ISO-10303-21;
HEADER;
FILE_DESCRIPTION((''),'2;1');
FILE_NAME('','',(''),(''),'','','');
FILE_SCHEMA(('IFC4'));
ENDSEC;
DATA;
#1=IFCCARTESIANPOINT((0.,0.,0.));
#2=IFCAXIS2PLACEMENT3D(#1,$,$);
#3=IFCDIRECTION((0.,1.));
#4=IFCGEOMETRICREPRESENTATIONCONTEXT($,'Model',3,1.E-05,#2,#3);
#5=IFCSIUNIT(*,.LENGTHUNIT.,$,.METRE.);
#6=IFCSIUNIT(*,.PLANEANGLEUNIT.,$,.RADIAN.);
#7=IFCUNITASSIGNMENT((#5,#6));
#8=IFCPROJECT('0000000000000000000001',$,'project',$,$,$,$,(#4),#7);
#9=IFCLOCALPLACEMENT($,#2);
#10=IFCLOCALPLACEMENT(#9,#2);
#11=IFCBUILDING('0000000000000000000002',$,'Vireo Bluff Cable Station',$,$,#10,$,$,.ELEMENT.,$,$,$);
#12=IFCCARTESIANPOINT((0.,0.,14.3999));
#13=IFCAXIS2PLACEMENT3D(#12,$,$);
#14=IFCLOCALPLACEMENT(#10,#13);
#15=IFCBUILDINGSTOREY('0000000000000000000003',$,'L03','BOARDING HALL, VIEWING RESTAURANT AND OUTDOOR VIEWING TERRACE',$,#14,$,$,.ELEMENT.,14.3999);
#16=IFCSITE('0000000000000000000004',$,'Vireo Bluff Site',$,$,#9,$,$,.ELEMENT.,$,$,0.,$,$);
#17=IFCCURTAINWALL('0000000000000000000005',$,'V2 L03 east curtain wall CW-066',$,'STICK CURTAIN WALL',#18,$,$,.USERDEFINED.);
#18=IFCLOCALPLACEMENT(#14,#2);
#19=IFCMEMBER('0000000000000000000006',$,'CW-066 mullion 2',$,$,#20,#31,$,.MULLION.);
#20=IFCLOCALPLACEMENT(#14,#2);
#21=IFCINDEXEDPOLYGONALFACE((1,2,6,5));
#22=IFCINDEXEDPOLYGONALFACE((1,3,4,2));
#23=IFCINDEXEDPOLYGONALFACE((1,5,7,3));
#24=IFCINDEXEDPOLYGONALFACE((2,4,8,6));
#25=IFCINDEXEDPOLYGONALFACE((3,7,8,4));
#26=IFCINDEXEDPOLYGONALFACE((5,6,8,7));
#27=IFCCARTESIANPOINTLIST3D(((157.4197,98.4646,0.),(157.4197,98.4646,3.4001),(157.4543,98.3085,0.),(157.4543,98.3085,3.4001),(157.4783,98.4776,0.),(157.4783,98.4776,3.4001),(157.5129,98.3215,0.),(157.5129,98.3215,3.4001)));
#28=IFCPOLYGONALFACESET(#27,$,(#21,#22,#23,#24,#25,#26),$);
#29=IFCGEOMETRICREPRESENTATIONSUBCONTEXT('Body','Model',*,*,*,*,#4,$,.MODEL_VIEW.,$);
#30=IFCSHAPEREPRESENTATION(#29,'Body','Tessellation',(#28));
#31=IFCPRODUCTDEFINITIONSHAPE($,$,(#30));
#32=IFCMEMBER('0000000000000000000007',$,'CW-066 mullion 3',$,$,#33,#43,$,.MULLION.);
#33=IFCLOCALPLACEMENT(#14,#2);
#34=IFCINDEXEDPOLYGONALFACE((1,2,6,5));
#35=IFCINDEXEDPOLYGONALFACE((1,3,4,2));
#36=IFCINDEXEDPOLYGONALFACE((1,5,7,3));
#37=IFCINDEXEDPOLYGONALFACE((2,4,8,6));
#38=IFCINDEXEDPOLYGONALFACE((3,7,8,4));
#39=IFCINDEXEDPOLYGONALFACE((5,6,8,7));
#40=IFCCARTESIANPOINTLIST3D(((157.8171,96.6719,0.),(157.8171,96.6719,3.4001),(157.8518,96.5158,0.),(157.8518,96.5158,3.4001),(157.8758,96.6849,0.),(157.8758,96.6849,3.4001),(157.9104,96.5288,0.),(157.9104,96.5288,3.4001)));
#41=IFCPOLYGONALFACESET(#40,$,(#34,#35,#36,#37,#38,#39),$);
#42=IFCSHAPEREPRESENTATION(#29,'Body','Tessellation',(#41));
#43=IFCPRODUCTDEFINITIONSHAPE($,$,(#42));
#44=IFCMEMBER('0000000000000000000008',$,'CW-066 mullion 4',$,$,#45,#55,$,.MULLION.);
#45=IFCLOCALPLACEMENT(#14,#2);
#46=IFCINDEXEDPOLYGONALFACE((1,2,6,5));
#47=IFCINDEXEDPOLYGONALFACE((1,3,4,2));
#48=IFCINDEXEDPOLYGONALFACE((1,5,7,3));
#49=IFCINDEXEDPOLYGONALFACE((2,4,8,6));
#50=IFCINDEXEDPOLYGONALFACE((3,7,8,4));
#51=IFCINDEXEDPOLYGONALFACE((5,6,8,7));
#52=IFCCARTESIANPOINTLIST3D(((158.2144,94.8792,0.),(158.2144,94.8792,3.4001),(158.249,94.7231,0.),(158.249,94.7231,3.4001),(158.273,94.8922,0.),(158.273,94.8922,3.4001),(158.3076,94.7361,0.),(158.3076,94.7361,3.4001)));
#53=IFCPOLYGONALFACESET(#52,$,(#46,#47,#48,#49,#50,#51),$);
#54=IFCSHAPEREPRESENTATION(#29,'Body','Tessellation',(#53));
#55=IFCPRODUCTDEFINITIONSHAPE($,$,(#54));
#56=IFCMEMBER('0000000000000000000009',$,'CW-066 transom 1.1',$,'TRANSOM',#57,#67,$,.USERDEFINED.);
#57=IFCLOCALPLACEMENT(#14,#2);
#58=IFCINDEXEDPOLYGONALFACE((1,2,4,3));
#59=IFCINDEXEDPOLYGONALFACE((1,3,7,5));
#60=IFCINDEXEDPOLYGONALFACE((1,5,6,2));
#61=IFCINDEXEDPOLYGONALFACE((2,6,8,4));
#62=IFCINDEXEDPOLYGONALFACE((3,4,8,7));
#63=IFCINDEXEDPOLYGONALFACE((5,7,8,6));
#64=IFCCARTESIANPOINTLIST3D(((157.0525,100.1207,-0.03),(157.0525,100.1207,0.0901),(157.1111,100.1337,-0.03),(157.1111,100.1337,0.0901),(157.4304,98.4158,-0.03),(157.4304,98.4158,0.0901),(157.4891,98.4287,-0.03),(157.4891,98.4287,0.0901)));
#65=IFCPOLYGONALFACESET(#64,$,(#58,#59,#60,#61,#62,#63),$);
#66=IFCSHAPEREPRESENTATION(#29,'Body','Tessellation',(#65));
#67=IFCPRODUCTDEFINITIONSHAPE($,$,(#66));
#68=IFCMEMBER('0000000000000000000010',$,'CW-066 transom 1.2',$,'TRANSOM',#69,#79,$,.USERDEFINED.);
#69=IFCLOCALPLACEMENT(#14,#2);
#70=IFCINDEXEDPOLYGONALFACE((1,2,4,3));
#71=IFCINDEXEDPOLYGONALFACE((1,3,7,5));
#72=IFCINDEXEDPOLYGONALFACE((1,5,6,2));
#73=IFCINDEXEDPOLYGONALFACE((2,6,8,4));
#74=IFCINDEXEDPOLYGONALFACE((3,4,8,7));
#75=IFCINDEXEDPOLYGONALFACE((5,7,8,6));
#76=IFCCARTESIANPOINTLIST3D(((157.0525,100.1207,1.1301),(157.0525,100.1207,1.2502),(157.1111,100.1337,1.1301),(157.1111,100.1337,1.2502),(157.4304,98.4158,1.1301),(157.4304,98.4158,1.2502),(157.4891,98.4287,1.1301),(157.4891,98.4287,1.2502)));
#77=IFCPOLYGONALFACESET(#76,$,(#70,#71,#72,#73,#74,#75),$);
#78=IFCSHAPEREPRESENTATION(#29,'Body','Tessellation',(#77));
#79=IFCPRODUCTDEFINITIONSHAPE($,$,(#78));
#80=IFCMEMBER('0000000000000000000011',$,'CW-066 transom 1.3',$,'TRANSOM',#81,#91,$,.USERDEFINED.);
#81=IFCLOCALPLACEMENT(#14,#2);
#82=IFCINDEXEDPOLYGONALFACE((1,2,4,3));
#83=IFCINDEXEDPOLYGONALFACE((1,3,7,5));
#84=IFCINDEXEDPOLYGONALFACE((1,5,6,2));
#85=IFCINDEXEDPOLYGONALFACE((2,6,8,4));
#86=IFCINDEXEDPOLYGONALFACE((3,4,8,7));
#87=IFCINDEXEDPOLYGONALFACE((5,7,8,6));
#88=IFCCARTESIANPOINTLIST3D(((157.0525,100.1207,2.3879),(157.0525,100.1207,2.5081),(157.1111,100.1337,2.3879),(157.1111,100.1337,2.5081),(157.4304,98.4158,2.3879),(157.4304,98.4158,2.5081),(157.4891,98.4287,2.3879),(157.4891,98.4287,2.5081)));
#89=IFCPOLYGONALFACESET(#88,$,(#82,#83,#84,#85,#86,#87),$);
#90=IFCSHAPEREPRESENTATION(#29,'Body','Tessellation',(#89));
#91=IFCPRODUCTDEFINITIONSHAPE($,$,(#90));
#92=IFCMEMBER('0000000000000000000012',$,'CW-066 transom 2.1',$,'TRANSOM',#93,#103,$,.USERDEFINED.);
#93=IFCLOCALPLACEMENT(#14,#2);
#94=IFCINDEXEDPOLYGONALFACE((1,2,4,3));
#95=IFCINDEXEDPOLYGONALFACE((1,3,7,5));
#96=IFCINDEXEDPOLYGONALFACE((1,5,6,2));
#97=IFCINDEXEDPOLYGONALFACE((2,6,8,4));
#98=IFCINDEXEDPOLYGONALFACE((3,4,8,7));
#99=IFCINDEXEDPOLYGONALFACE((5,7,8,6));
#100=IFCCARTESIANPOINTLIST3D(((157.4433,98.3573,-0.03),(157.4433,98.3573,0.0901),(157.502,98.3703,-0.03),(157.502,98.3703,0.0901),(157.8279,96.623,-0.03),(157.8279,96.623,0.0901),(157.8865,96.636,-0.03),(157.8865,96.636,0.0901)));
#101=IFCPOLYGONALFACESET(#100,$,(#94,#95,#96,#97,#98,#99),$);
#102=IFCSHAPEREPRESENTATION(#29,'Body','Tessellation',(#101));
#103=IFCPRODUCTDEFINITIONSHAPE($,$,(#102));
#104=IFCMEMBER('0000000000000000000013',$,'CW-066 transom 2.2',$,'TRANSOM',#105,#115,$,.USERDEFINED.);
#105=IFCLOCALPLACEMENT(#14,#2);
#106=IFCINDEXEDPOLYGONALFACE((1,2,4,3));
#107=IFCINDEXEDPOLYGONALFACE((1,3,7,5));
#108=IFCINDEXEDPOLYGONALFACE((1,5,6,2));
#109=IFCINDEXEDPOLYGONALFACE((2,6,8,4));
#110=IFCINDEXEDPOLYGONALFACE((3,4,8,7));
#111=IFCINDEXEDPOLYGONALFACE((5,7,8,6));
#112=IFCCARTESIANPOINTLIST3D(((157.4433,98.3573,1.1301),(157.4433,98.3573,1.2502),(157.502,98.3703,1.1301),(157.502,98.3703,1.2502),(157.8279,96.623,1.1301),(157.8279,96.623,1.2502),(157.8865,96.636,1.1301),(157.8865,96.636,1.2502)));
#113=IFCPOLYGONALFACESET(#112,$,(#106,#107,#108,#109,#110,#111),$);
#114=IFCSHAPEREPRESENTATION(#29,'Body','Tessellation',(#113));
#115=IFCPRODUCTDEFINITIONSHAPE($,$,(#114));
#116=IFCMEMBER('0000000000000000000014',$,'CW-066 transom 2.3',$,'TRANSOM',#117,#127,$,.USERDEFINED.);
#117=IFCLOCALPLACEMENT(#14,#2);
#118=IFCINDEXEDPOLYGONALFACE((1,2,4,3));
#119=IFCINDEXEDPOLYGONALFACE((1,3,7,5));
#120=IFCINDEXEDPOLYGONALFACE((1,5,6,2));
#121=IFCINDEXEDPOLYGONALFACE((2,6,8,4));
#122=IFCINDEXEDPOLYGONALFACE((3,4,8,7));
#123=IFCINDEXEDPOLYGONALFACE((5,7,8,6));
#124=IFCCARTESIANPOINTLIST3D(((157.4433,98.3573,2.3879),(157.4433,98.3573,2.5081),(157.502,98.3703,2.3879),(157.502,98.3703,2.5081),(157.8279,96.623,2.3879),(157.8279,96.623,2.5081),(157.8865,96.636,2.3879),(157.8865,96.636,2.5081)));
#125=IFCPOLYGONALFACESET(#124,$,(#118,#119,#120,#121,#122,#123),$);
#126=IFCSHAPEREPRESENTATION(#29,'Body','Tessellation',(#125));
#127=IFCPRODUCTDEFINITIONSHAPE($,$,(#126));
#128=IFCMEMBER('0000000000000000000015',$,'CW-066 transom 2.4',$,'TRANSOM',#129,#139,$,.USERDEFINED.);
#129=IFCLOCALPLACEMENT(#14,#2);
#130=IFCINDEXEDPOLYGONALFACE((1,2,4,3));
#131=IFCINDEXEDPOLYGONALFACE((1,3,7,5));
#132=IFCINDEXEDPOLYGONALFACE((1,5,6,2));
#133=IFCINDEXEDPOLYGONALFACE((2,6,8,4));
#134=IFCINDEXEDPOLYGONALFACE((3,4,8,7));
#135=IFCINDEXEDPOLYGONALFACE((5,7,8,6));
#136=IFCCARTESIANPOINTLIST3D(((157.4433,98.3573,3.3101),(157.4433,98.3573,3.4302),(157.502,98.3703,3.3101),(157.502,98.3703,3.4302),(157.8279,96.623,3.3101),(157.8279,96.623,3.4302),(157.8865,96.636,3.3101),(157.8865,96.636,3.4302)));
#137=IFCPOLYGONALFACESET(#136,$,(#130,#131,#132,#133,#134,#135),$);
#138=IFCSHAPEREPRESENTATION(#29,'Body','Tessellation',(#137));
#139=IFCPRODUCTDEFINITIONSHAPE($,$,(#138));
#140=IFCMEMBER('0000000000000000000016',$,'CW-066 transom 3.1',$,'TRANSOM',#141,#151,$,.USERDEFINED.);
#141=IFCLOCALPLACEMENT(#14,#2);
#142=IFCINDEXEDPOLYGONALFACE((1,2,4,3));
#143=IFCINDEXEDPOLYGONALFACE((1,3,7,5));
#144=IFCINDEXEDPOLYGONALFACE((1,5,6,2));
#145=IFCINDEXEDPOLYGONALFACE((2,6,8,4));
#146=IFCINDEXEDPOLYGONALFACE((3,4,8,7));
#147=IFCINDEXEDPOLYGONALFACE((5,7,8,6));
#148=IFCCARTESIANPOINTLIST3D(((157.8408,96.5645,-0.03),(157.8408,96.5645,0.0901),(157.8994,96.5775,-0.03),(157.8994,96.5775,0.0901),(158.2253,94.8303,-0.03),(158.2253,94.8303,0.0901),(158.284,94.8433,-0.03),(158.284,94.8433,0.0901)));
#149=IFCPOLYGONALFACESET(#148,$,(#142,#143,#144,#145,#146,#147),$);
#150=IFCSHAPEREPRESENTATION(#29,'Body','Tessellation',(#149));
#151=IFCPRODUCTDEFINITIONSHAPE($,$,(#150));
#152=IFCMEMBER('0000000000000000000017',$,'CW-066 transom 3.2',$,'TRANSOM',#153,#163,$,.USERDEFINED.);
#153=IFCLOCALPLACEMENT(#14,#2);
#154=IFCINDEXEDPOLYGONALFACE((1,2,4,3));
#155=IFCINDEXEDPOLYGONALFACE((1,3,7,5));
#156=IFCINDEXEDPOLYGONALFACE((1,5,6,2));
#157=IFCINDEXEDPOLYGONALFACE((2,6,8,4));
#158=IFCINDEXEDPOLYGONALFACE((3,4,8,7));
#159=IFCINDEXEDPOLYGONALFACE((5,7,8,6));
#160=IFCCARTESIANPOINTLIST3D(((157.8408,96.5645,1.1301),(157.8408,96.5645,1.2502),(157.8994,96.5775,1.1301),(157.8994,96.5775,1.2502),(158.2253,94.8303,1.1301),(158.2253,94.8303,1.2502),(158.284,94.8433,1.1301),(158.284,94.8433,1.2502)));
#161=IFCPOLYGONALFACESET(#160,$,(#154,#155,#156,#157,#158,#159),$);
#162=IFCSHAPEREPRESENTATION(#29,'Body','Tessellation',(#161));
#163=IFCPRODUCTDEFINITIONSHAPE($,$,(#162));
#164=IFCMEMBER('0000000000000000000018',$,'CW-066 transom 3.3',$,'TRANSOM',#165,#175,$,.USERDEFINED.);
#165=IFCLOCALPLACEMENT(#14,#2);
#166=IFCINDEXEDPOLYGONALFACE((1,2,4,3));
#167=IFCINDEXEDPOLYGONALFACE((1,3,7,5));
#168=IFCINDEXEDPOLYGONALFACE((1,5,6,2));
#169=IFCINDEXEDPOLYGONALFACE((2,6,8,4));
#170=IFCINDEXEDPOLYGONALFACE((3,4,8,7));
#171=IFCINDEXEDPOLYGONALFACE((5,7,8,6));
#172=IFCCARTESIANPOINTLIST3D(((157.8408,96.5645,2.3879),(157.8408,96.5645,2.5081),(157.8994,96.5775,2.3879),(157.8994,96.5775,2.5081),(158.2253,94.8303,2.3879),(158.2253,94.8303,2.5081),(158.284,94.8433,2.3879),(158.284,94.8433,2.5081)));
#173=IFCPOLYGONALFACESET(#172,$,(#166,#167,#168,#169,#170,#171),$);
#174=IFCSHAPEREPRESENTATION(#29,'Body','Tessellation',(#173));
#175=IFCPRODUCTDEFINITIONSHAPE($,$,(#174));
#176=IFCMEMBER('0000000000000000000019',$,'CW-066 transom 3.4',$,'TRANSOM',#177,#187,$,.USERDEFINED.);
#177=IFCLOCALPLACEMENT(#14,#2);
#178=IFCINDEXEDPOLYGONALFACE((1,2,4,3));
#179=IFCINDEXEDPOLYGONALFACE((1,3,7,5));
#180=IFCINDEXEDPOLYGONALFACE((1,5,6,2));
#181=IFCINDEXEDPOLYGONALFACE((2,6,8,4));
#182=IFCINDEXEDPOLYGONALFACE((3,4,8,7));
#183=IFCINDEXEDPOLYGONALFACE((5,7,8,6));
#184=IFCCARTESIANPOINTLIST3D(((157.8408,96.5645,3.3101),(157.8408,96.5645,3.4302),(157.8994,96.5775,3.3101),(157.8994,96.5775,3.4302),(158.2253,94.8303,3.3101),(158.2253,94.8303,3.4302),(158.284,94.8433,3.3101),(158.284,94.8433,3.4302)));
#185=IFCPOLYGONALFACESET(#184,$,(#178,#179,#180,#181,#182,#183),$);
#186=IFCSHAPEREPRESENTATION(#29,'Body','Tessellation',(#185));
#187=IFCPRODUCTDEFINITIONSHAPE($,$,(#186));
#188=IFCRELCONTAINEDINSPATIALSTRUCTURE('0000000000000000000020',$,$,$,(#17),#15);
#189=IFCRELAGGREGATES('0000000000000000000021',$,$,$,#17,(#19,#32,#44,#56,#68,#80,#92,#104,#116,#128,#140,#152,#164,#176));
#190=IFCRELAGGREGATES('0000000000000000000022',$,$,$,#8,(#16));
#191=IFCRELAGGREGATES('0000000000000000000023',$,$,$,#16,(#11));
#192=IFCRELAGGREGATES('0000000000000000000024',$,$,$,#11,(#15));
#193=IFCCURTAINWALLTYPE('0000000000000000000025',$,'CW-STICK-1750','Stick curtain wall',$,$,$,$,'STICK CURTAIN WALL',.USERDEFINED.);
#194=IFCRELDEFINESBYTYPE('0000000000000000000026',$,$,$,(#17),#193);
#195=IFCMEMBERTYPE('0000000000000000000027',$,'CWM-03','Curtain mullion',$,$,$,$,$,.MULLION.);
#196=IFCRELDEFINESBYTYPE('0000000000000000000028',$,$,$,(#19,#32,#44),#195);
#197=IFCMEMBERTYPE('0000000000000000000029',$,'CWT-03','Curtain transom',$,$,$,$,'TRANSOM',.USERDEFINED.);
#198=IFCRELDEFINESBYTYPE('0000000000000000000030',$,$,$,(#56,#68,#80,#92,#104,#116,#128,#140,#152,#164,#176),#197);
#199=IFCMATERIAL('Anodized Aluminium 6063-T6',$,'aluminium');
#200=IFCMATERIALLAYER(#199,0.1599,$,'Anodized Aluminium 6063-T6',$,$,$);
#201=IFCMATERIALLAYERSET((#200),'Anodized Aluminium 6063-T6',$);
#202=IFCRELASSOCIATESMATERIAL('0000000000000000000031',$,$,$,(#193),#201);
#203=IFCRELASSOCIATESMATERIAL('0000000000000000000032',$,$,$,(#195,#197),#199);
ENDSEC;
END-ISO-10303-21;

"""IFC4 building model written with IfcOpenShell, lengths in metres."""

from ifc_helpers import new_model, si_unit, direction, frame, origin, origin_2d, place, context, subcontext, project, spatial, rectangle, extrude, material, layer, layer_set, material_profile, profile_set, type_object, element, aggregate, save


model = new_model("IFC4")

# Units and contexts
model_context = context("Model", 3, precision=1e-05, world=origin(), true_north=direction((0.0, 1.0)))
body_context = subcontext(model_context, "Body", "Model", "MODEL_VIEW")
ifc_project = project(units=[si_unit("LENGTHUNIT", "METRE"), si_unit("PLANEANGLEUNIT", "RADIAN")], contexts=[model_context])

# Site, building, storey
site_placement = place(None, origin())
site = spatial("IfcSite", under=ifc_project, at=site_placement, Name="Vireo Bluff Site", CompositionType="ELEMENT", RefElevation=0.0)
building_placement = place(site_placement, origin())
building = spatial("IfcBuilding", under=site, at=building_placement, Name="Vireo Bluff Cable Station", CompositionType="ELEMENT")
storey_placement = place(building_placement, frame((0.0, 0.0, 14.3999)))
storey = spatial("IfcBuildingStorey", under=building, at=storey_placement, Name="L03", Description="BOARDING HALL, VIEWING RESTAURANT AND OUTDOOR VIEWING TERRACE", CompositionType="ELEMENT", Elevation=14.3999)

# Curtain wall, members
ifc_material_1 = material(Name="Anodized Aluminium 6063-T6", Category="aluminium")
ifc_layer_1 = layer(ifc_material_1, 0.1599, Name="Anodized Aluminium 6063-T6")
ifc_layer_set_1 = layer_set([ifc_layer_1], Name="Anodized Aluminium 6063-T6")
curtain_wall_type = type_object("IfcCurtainWallType", Name="CW-STICK-1750", Description="Stick curtain wall", ElementType="STICK CURTAIN WALL", PredefinedType="USERDEFINED", material=ifc_layer_set_1)
curtain_wall_placement = place(storey_placement, origin())
curtain_wall = element("IfcCurtainWall", 1, at=curtain_wall_placement, inside=storey, type_object=curtain_wall_type, Name="V2 L03 east curtain wall CW-066", ObjectType="STICK CURTAIN WALL", PredefinedType="USERDEFINED")
ifc_material_profile_1 = material_profile(ifc_material_1, rectangle(XDim=0.0601, YDim=0.1599, at=origin_2d()), Name="ALU-M-60X160")
ifc_profile_set_1 = profile_set([ifc_material_profile_1], Name="Anodized Aluminium 6063-T6")
member_type_1 = type_object("IfcMemberType", Name="CWM-03", Description="Curtain mullion", PredefinedType="MULLION", material=ifc_profile_set_1)
member_1_placement = place(storey_placement, frame((157.4663, 98.3931, 0.0), z_axis=(0.0, 0.0, 1.0), x_axis=(0.976296, 0.21644, 0.0)))
member_1 = element("IfcMember", 2, at=member_1_placement, type_object=member_type_1, Name="CW-066 mullion 2", PredefinedType="MULLION", context=body_context, shape_type="SweptSolid", body=[
    extrude(rectangle(XDim=0.0601, YDim=0.1599, at=origin_2d()), origin(), (0.0, 0.0, 1.0), 3.4001),
])
member_2_placement = place(storey_placement, frame((157.8638, 96.6003, 0.0), z_axis=(0.0, 0.0, 1.0), x_axis=(0.976296, 0.21644, 0.0)))
member_2 = element("IfcMember", 3, at=member_2_placement, type_object=member_type_1, Name="CW-066 mullion 3", PredefinedType="MULLION", context=body_context, shape_type="SweptSolid", body=[
    extrude(rectangle(XDim=0.0601, YDim=0.1599, at=origin_2d()), origin(), (0.0, 0.0, 1.0), 3.4001),
])
member_3_placement = place(storey_placement, frame((158.261, 94.8076, 0.0), z_axis=(0.0, 0.0, 1.0), x_axis=(0.976296, 0.21644, 0.0)))
member_3 = element("IfcMember", 4, at=member_3_placement, type_object=member_type_1, Name="CW-066 mullion 4", PredefinedType="MULLION", context=body_context, shape_type="SweptSolid", body=[
    extrude(rectangle(XDim=0.0601, YDim=0.1599, at=origin_2d()), origin(), (0.0, 0.0, 1.0), 3.4001),
])
ifc_material_profile_2 = material_profile(ifc_material_1, rectangle(XDim=0.0601, YDim=0.1201, at=origin_2d()), Name="ALU-T-60X120")
ifc_profile_set_2 = profile_set([ifc_material_profile_2], Name="Anodized Aluminium 6063-T6")
member_type_2 = type_object("IfcMemberType", Name="CWT-03", Description="Curtain transom", ElementType="TRANSOM", PredefinedType="USERDEFINED", material=ifc_profile_set_2)
member_4_placement = place(storey_placement, frame((157.0818, 100.1272, 0.03), z_axis=(0.216427, -0.976299, 0.0), x_axis=(0.976299, 0.216427, 0.0)))
member_4 = element("IfcMember", 5, at=member_4_placement, type_object=member_type_2, Name="CW-066 transom 1.1", ObjectType="TRANSOM", PredefinedType="USERDEFINED", context=body_context, shape_type="SweptSolid", body=[
    extrude(rectangle(XDim=0.0601, YDim=0.1201, at=origin_2d()), origin(), (0.0, 0.0, 1.0), 1.7463),
])
member_5_placement = place(storey_placement, frame((157.0818, 100.1272, 1.1902), z_axis=(0.216427, -0.976299, 0.0), x_axis=(0.976299, 0.216427, 0.0)))
member_5 = element("IfcMember", 6, at=member_5_placement, type_object=member_type_2, Name="CW-066 transom 1.2", ObjectType="TRANSOM", PredefinedType="USERDEFINED", context=body_context, shape_type="SweptSolid", body=[
    extrude(rectangle(XDim=0.0601, YDim=0.1201, at=origin_2d()), origin(), (0.0, 0.0, 1.0), 1.7463),
])
member_6_placement = place(storey_placement, frame((157.0818, 100.1272, 2.448), z_axis=(0.216427, -0.976299, 0.0), x_axis=(0.976299, 0.216427, 0.0)))
member_6 = element("IfcMember", 7, at=member_6_placement, type_object=member_type_2, Name="CW-066 transom 1.3", ObjectType="TRANSOM", PredefinedType="USERDEFINED", context=body_context, shape_type="SweptSolid", body=[
    extrude(rectangle(XDim=0.0601, YDim=0.1201, at=origin_2d()), origin(), (0.0, 0.0, 1.0), 1.7463),
])
member_7_placement = place(storey_placement, frame((157.4727, 98.3638, 0.03), z_axis=(0.216479, -0.976287, 0.0), x_axis=(0.976287, 0.216479, 0.0)))
member_7 = element("IfcMember", 8, at=member_7_placement, type_object=member_type_2, Name="CW-066 transom 2.1", ObjectType="TRANSOM", PredefinedType="USERDEFINED", context=body_context, shape_type="SweptSolid", body=[
    extrude(rectangle(XDim=0.0601, YDim=0.1201, at=origin_2d()), origin(), (0.0, 0.0, 1.0), 1.7764),
])
member_8_placement = place(storey_placement, frame((157.4727, 98.3638, 1.1902), z_axis=(0.216479, -0.976287, 0.0), x_axis=(0.976287, 0.216479, 0.0)))
member_8 = element("IfcMember", 9, at=member_8_placement, type_object=member_type_2, Name="CW-066 transom 2.2", ObjectType="TRANSOM", PredefinedType="USERDEFINED", context=body_context, shape_type="SweptSolid", body=[
    extrude(rectangle(XDim=0.0601, YDim=0.1201, at=origin_2d()), origin(), (0.0, 0.0, 1.0), 1.7764),
])
member_9_placement = place(storey_placement, frame((157.4727, 98.3638, 2.448), z_axis=(0.216479, -0.976287, 0.0), x_axis=(0.976287, 0.216479, 0.0)))
member_9 = element("IfcMember", 10, at=member_9_placement, type_object=member_type_2, Name="CW-066 transom 2.3", ObjectType="TRANSOM", PredefinedType="USERDEFINED", context=body_context, shape_type="SweptSolid", body=[
    extrude(rectangle(XDim=0.0601, YDim=0.1201, at=origin_2d()), origin(), (0.0, 0.0, 1.0), 1.7764),
])
member_10_placement = place(storey_placement, frame((157.4727, 98.3638, 3.3701), z_axis=(0.216479, -0.976287, 0.0), x_axis=(0.976287, 0.216479, 0.0)))
member_10 = element("IfcMember", 11, at=member_10_placement, type_object=member_type_2, Name="CW-066 transom 2.4", ObjectType="TRANSOM", PredefinedType="USERDEFINED", context=body_context, shape_type="SweptSolid", body=[
    extrude(rectangle(XDim=0.0601, YDim=0.1201, at=origin_2d()), origin(), (0.0, 0.0, 1.0), 1.7764),
])
member_11_placement = place(storey_placement, frame((157.8701, 96.571, 0.03), z_axis=(0.216479, -0.976287, 0.0), x_axis=(0.976287, 0.216479, 0.0)))
member_11 = element("IfcMember", 12, at=member_11_placement, type_object=member_type_2, Name="CW-066 transom 3.1", ObjectType="TRANSOM", PredefinedType="USERDEFINED", context=body_context, shape_type="SweptSolid", body=[
    extrude(rectangle(XDim=0.0601, YDim=0.1201, at=origin_2d()), origin(), (0.0, 0.0, 1.0), 1.7764),
])
member_12_placement = place(storey_placement, frame((157.8701, 96.571, 1.1902), z_axis=(0.216479, -0.976287, 0.0), x_axis=(0.976287, 0.216479, 0.0)))
member_12 = element("IfcMember", 13, at=member_12_placement, type_object=member_type_2, Name="CW-066 transom 3.2", ObjectType="TRANSOM", PredefinedType="USERDEFINED", context=body_context, shape_type="SweptSolid", body=[
    extrude(rectangle(XDim=0.0601, YDim=0.1201, at=origin_2d()), origin(), (0.0, 0.0, 1.0), 1.7764),
])
member_13_placement = place(storey_placement, frame((157.8701, 96.571, 2.448), z_axis=(0.216479, -0.976287, 0.0), x_axis=(0.976287, 0.216479, 0.0)))
member_13 = element("IfcMember", 14, at=member_13_placement, type_object=member_type_2, Name="CW-066 transom 3.3", ObjectType="TRANSOM", PredefinedType="USERDEFINED", context=body_context, shape_type="SweptSolid", body=[
    extrude(rectangle(XDim=0.0601, YDim=0.1201, at=origin_2d()), origin(), (0.0, 0.0, 1.0), 1.7764),
])
member_14_placement = place(storey_placement, frame((157.8701, 96.571, 3.3701), z_axis=(0.216479, -0.976287, 0.0), x_axis=(0.976287, 0.216479, 0.0)))
member_14 = element("IfcMember", 15, at=member_14_placement, type_object=member_type_2, Name="CW-066 transom 3.4", ObjectType="TRANSOM", PredefinedType="USERDEFINED", context=body_context, shape_type="SweptSolid", body=[
    extrude(rectangle(XDim=0.0601, YDim=0.1201, at=origin_2d()), origin(), (0.0, 0.0, 1.0), 1.7764),
])
aggregate(curtain_wall, [member_1, member_2, member_3, member_4, member_5, member_6, member_7, member_8, member_9, member_10, member_11, member_12, member_13, member_14])

save(model, "model.ifc")
